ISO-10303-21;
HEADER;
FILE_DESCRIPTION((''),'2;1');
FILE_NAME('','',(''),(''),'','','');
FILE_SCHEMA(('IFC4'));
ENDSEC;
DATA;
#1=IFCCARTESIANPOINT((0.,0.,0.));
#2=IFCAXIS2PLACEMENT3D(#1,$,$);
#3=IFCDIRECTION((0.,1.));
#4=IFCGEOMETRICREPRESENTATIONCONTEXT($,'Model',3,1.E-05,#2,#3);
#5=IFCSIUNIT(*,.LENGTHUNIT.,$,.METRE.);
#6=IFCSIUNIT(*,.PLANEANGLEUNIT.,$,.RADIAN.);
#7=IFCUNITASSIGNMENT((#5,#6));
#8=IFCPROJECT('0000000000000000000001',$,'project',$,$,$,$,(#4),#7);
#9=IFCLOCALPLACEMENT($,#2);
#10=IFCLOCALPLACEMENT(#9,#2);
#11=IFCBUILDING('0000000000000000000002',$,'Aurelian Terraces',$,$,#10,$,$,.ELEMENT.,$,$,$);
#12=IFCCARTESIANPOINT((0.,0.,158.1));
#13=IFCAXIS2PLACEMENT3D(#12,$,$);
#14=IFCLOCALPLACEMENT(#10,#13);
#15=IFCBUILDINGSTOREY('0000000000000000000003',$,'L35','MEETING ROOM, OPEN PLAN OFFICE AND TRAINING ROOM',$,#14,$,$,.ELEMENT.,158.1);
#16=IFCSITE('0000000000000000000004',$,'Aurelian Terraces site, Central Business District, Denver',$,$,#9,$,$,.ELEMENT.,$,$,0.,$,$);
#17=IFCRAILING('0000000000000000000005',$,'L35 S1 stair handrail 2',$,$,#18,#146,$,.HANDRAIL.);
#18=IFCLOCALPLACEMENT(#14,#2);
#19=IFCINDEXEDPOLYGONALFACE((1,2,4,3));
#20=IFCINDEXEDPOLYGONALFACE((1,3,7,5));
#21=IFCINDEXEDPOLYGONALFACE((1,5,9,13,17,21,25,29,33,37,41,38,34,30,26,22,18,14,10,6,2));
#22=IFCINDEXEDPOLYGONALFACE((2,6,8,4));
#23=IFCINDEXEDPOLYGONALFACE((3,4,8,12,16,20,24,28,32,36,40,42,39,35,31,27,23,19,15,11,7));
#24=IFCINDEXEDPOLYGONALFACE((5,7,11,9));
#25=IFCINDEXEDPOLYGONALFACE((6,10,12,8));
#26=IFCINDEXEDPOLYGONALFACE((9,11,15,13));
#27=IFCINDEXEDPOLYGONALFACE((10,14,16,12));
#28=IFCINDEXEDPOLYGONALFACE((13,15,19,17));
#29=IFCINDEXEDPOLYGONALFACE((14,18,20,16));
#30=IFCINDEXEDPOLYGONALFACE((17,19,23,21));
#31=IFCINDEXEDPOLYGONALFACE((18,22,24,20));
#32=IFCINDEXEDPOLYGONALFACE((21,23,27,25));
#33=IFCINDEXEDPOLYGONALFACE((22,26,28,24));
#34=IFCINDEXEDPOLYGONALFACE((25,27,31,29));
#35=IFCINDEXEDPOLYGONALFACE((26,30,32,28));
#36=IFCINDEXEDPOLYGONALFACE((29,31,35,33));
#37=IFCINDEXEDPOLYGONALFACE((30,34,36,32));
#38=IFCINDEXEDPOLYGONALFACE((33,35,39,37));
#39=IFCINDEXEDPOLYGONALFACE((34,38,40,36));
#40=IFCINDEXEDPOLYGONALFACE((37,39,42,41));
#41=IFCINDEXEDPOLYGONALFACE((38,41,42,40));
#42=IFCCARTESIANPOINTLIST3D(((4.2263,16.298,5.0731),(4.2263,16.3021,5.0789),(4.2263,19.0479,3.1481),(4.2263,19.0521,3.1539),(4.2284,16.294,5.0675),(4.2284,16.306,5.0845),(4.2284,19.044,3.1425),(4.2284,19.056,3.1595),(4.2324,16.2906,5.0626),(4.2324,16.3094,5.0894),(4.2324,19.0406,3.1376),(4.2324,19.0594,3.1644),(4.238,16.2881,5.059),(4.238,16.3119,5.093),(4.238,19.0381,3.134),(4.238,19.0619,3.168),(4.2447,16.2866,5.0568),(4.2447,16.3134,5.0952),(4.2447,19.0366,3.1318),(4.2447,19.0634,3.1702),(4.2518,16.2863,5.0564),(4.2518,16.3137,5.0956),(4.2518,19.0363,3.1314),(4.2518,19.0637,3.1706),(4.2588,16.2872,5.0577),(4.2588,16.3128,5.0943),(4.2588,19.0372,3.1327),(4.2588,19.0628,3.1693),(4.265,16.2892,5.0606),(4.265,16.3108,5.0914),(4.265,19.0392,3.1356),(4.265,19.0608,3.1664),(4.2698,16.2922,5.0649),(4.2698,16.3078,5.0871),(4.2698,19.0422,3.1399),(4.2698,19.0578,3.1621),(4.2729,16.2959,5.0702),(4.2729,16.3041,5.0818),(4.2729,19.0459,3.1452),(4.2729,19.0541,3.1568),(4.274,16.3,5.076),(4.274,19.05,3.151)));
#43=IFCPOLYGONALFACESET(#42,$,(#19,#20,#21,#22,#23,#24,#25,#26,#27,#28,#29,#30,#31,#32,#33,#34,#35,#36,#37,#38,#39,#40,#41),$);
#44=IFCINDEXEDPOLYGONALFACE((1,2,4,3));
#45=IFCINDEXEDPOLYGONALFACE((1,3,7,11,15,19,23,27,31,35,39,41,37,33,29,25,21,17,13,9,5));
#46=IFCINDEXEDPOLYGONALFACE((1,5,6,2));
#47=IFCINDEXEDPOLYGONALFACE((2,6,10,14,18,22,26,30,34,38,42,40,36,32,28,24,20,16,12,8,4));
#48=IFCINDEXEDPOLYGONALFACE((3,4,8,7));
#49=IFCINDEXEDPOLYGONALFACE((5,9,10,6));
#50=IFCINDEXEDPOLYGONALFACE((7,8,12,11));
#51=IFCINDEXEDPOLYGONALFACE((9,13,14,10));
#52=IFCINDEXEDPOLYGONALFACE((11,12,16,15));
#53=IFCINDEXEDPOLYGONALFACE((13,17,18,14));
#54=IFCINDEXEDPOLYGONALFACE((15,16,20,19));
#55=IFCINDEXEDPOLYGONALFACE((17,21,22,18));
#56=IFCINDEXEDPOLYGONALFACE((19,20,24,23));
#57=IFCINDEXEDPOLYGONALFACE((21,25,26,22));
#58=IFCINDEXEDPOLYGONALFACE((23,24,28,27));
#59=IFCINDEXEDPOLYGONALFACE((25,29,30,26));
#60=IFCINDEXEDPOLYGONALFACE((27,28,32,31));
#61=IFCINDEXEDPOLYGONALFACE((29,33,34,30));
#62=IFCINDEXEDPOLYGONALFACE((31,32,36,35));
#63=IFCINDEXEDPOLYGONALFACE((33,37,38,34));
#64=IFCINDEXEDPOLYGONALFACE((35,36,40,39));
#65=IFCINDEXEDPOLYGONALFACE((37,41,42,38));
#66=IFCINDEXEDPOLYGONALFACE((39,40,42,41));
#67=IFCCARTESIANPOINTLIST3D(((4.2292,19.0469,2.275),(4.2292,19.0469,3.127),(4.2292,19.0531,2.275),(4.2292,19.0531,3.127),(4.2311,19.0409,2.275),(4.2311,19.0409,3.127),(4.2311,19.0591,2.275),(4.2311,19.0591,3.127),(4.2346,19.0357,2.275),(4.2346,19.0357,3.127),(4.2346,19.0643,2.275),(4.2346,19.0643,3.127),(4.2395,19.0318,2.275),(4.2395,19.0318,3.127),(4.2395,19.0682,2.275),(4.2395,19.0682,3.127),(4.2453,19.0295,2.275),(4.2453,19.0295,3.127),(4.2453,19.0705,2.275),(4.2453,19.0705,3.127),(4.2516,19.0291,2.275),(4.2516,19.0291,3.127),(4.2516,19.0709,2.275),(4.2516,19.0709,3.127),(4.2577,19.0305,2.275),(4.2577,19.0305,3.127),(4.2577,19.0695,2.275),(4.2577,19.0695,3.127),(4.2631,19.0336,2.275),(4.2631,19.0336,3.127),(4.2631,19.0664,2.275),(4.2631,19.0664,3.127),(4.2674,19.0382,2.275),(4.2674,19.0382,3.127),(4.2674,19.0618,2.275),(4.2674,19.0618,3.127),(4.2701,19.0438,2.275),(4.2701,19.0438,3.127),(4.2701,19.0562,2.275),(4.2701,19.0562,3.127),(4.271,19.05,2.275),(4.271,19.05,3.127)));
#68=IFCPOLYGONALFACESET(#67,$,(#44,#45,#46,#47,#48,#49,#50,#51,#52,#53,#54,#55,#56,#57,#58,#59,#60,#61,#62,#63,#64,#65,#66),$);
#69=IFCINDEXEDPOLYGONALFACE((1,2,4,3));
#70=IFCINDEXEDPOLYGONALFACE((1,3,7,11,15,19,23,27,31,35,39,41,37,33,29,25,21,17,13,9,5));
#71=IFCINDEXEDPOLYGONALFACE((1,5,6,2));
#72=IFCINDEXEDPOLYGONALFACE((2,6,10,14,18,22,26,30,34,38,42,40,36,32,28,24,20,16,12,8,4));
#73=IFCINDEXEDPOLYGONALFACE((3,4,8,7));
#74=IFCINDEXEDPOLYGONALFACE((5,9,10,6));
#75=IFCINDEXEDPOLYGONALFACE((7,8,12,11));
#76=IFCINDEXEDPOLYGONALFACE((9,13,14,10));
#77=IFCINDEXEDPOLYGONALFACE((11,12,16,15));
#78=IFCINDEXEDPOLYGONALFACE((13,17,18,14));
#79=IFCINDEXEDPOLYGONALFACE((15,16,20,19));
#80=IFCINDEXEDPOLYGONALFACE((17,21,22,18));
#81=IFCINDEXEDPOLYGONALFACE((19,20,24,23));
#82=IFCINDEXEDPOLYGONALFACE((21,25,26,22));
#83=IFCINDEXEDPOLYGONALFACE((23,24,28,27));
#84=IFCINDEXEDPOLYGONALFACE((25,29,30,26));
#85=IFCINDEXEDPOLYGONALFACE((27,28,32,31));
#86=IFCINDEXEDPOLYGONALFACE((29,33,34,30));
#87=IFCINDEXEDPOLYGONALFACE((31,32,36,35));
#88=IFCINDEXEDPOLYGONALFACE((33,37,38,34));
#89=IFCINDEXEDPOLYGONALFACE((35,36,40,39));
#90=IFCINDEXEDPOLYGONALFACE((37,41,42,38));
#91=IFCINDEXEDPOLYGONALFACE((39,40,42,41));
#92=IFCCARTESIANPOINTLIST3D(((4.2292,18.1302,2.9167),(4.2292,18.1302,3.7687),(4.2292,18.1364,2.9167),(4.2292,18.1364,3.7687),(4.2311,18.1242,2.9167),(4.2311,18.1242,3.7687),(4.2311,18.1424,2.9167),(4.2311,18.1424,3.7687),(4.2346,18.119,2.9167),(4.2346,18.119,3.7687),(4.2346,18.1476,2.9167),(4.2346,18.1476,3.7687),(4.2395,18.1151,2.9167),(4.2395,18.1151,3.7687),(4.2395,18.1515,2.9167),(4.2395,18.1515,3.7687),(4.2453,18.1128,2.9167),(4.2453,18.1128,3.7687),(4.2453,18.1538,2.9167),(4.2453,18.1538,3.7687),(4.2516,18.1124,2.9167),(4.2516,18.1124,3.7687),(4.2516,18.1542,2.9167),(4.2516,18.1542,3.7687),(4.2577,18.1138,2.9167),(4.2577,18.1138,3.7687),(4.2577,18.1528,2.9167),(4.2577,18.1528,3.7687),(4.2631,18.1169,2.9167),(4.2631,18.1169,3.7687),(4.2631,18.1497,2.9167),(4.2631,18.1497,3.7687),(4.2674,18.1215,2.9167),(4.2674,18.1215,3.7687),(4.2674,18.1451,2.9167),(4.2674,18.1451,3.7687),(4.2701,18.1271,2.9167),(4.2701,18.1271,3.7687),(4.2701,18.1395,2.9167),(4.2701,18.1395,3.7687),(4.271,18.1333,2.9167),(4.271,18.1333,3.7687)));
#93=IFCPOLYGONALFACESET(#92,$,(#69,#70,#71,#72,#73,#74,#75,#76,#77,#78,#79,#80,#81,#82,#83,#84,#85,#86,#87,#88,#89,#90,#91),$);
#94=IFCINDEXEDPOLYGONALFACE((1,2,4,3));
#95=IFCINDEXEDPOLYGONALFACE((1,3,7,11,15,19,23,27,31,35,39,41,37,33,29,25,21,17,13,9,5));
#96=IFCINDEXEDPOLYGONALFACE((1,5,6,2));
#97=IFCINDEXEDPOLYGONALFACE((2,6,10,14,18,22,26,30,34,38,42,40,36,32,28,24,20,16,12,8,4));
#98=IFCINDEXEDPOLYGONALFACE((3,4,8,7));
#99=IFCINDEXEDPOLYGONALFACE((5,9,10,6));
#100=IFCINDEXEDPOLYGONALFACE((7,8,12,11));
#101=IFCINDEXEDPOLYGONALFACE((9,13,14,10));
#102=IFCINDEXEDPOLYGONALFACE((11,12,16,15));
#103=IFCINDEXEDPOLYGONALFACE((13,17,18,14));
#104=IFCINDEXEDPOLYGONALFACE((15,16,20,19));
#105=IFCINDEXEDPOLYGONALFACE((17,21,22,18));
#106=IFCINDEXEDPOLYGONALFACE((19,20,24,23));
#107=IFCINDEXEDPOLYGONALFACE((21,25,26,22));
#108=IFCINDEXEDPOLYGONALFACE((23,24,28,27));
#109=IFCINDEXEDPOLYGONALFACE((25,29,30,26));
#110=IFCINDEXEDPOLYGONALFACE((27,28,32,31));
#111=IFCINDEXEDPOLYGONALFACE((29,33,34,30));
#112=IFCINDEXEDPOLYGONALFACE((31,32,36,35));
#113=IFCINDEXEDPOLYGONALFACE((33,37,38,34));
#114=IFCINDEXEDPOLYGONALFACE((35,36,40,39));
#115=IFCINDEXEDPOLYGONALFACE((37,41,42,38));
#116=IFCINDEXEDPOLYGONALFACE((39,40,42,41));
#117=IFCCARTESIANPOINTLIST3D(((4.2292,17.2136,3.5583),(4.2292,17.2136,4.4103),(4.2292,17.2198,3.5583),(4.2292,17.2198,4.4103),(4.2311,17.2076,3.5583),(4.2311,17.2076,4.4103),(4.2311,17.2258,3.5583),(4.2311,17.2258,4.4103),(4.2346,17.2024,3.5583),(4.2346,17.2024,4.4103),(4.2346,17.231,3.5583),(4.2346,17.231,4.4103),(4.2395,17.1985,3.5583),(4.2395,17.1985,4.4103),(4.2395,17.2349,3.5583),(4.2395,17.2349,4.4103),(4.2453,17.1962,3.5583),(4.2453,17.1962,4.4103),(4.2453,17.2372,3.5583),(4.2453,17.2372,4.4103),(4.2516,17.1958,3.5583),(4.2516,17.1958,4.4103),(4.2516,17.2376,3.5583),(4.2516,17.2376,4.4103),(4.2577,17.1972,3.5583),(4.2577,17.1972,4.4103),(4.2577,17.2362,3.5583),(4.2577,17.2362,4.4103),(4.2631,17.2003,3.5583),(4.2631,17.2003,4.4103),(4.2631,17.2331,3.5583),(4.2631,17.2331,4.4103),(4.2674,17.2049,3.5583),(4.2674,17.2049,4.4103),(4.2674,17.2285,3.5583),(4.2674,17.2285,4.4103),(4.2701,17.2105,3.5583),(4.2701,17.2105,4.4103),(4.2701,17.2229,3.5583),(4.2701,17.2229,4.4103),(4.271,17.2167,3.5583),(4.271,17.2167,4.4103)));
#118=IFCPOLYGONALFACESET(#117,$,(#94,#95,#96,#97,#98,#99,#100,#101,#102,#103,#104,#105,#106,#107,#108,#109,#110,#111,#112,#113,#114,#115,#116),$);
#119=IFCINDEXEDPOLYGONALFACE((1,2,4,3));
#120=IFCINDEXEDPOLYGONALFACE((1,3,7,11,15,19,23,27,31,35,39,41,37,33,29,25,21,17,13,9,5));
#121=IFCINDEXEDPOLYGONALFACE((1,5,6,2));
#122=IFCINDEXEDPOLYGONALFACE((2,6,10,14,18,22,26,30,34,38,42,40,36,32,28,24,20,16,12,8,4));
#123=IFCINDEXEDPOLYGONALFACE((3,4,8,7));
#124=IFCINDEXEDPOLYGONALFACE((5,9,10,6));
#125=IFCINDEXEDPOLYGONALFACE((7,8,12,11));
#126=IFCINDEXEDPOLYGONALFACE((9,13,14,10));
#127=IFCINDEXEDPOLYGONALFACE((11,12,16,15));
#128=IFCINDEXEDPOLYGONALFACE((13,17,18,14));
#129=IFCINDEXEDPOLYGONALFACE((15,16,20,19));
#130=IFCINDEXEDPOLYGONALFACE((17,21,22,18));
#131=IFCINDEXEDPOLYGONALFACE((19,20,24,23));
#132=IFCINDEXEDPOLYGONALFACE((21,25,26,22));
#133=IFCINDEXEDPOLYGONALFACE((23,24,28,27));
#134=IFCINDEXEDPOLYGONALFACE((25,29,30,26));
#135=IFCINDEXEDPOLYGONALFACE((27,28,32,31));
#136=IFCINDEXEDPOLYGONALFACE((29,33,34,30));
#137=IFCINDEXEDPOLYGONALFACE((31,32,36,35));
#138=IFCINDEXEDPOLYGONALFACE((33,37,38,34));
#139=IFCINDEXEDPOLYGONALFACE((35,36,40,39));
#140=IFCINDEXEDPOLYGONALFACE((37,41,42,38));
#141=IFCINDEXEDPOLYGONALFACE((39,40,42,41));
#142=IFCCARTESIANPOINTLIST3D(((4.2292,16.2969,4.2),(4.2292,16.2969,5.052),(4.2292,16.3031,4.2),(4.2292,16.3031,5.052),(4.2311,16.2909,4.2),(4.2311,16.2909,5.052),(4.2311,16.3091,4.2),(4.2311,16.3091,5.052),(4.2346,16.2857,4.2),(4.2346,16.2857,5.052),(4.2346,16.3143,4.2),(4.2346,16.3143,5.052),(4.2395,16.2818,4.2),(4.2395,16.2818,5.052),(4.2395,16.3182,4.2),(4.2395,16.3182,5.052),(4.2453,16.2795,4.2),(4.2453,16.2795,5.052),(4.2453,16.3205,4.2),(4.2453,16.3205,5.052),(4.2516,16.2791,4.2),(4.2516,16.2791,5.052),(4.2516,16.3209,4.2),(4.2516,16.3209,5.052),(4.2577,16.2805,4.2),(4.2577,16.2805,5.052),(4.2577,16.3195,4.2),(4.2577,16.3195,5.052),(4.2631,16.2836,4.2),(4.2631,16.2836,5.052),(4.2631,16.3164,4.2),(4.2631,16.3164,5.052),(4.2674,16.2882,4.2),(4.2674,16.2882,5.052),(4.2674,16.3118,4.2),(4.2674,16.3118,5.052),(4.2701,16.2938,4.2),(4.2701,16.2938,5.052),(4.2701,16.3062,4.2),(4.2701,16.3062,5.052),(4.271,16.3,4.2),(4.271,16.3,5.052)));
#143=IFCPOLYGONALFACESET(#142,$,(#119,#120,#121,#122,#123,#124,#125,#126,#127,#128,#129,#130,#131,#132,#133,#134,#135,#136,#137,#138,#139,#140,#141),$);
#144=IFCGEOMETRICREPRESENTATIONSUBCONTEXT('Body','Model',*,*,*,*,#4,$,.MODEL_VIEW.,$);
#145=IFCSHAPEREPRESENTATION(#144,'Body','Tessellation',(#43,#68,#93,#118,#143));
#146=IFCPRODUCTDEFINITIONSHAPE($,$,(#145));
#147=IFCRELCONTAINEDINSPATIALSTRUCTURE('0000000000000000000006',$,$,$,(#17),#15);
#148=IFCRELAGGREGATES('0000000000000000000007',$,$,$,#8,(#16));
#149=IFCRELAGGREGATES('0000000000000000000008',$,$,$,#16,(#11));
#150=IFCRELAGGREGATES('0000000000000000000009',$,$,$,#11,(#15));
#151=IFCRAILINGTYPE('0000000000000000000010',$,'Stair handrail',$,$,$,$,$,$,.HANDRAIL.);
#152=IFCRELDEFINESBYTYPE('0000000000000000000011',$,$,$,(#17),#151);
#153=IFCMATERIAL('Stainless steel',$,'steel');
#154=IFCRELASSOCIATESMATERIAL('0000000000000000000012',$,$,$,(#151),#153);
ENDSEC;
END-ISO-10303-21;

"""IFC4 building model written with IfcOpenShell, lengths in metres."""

from ifc_helpers import new_model, si_unit, direction, frame, origin, origin_2d, place, context, subcontext, project, spatial, circle, extrude, source, transform, mapped, material, type_object, element, save


model = new_model("IFC4")

# Units and contexts
model_context = context("Model", 3, precision=1e-05, world=origin(), true_north=direction((0.0, 1.0)))
body_context = subcontext(model_context, "Body", "Model", "MODEL_VIEW")
ifc_project = project(units=[si_unit("LENGTHUNIT", "METRE"), si_unit("PLANEANGLEUNIT", "RADIAN")], contexts=[model_context])

# Site, building, storey
site_placement = place(None, origin())
site = spatial("IfcSite", under=ifc_project, at=site_placement, Name="Aurelian Terraces site, Central Business District, Denver", CompositionType="ELEMENT", RefElevation=0.0)
building_placement = place(site_placement, origin())
building = spatial("IfcBuilding", under=site, at=building_placement, Name="Aurelian Terraces", CompositionType="ELEMENT")
storey_placement = place(building_placement, frame((0.0, 0.0, 158.1)))
storey = spatial("IfcBuildingStorey", under=building, at=storey_placement, Name="L35", Description="MEETING ROOM, OPEN PLAN OFFICE AND TRAINING ROOM", CompositionType="ELEMENT", Elevation=158.1)

# Railing
ifc_material_1 = material(Name="Stainless steel", Category="steel")
railing_type_1 = type_object("IfcRailingType", Name="Stair handrail", PredefinedType="HANDRAIL", material=ifc_material_1)
shared_shape_1 = source(origin(), body_context, "Body", "SweptSolid", [
    extrude(circle(Radius=0.024, at=origin_2d()), frame((0.0, 0.0, 0.876), z_axis=(0.0, -0.819232, 0.573462), x_axis=(1.0, 0.0, 0.0)), (0.0, 0.0, 1.0), 3.3568),
    extrude(circle(Radius=0.021, at=origin_2d()), origin(), (0.0, 0.0, 1.0), 0.852),
    extrude(circle(Radius=0.021, at=origin_2d()), frame((0.0, -0.9167, 0.6417)), (0.0, 0.0, 1.0), 0.852),
    extrude(circle(Radius=0.021, at=origin_2d()), frame((0.0, -1.8333, 1.2833)), (0.0, 0.0, 1.0), 0.852),
    extrude(circle(Radius=0.021, at=origin_2d()), frame((0.0, -2.75, 1.925)), (0.0, 0.0, 1.0), 0.852),
])
railing_1_placement = place(storey_placement, frame((4.25, 19.05, 2.275)))
element("IfcRailing", 1, at=railing_1_placement, inside=storey, type_object=railing_type_1, Name="L35 S1 stair handrail 2", PredefinedType="HANDRAIL", context=body_context, shape_type="MappedRepresentation", body=[
    mapped(shared_shape_1, transform((0.0, 0.0, 0.0), scale=1.0)),
])

save(model, "model.ifc")
